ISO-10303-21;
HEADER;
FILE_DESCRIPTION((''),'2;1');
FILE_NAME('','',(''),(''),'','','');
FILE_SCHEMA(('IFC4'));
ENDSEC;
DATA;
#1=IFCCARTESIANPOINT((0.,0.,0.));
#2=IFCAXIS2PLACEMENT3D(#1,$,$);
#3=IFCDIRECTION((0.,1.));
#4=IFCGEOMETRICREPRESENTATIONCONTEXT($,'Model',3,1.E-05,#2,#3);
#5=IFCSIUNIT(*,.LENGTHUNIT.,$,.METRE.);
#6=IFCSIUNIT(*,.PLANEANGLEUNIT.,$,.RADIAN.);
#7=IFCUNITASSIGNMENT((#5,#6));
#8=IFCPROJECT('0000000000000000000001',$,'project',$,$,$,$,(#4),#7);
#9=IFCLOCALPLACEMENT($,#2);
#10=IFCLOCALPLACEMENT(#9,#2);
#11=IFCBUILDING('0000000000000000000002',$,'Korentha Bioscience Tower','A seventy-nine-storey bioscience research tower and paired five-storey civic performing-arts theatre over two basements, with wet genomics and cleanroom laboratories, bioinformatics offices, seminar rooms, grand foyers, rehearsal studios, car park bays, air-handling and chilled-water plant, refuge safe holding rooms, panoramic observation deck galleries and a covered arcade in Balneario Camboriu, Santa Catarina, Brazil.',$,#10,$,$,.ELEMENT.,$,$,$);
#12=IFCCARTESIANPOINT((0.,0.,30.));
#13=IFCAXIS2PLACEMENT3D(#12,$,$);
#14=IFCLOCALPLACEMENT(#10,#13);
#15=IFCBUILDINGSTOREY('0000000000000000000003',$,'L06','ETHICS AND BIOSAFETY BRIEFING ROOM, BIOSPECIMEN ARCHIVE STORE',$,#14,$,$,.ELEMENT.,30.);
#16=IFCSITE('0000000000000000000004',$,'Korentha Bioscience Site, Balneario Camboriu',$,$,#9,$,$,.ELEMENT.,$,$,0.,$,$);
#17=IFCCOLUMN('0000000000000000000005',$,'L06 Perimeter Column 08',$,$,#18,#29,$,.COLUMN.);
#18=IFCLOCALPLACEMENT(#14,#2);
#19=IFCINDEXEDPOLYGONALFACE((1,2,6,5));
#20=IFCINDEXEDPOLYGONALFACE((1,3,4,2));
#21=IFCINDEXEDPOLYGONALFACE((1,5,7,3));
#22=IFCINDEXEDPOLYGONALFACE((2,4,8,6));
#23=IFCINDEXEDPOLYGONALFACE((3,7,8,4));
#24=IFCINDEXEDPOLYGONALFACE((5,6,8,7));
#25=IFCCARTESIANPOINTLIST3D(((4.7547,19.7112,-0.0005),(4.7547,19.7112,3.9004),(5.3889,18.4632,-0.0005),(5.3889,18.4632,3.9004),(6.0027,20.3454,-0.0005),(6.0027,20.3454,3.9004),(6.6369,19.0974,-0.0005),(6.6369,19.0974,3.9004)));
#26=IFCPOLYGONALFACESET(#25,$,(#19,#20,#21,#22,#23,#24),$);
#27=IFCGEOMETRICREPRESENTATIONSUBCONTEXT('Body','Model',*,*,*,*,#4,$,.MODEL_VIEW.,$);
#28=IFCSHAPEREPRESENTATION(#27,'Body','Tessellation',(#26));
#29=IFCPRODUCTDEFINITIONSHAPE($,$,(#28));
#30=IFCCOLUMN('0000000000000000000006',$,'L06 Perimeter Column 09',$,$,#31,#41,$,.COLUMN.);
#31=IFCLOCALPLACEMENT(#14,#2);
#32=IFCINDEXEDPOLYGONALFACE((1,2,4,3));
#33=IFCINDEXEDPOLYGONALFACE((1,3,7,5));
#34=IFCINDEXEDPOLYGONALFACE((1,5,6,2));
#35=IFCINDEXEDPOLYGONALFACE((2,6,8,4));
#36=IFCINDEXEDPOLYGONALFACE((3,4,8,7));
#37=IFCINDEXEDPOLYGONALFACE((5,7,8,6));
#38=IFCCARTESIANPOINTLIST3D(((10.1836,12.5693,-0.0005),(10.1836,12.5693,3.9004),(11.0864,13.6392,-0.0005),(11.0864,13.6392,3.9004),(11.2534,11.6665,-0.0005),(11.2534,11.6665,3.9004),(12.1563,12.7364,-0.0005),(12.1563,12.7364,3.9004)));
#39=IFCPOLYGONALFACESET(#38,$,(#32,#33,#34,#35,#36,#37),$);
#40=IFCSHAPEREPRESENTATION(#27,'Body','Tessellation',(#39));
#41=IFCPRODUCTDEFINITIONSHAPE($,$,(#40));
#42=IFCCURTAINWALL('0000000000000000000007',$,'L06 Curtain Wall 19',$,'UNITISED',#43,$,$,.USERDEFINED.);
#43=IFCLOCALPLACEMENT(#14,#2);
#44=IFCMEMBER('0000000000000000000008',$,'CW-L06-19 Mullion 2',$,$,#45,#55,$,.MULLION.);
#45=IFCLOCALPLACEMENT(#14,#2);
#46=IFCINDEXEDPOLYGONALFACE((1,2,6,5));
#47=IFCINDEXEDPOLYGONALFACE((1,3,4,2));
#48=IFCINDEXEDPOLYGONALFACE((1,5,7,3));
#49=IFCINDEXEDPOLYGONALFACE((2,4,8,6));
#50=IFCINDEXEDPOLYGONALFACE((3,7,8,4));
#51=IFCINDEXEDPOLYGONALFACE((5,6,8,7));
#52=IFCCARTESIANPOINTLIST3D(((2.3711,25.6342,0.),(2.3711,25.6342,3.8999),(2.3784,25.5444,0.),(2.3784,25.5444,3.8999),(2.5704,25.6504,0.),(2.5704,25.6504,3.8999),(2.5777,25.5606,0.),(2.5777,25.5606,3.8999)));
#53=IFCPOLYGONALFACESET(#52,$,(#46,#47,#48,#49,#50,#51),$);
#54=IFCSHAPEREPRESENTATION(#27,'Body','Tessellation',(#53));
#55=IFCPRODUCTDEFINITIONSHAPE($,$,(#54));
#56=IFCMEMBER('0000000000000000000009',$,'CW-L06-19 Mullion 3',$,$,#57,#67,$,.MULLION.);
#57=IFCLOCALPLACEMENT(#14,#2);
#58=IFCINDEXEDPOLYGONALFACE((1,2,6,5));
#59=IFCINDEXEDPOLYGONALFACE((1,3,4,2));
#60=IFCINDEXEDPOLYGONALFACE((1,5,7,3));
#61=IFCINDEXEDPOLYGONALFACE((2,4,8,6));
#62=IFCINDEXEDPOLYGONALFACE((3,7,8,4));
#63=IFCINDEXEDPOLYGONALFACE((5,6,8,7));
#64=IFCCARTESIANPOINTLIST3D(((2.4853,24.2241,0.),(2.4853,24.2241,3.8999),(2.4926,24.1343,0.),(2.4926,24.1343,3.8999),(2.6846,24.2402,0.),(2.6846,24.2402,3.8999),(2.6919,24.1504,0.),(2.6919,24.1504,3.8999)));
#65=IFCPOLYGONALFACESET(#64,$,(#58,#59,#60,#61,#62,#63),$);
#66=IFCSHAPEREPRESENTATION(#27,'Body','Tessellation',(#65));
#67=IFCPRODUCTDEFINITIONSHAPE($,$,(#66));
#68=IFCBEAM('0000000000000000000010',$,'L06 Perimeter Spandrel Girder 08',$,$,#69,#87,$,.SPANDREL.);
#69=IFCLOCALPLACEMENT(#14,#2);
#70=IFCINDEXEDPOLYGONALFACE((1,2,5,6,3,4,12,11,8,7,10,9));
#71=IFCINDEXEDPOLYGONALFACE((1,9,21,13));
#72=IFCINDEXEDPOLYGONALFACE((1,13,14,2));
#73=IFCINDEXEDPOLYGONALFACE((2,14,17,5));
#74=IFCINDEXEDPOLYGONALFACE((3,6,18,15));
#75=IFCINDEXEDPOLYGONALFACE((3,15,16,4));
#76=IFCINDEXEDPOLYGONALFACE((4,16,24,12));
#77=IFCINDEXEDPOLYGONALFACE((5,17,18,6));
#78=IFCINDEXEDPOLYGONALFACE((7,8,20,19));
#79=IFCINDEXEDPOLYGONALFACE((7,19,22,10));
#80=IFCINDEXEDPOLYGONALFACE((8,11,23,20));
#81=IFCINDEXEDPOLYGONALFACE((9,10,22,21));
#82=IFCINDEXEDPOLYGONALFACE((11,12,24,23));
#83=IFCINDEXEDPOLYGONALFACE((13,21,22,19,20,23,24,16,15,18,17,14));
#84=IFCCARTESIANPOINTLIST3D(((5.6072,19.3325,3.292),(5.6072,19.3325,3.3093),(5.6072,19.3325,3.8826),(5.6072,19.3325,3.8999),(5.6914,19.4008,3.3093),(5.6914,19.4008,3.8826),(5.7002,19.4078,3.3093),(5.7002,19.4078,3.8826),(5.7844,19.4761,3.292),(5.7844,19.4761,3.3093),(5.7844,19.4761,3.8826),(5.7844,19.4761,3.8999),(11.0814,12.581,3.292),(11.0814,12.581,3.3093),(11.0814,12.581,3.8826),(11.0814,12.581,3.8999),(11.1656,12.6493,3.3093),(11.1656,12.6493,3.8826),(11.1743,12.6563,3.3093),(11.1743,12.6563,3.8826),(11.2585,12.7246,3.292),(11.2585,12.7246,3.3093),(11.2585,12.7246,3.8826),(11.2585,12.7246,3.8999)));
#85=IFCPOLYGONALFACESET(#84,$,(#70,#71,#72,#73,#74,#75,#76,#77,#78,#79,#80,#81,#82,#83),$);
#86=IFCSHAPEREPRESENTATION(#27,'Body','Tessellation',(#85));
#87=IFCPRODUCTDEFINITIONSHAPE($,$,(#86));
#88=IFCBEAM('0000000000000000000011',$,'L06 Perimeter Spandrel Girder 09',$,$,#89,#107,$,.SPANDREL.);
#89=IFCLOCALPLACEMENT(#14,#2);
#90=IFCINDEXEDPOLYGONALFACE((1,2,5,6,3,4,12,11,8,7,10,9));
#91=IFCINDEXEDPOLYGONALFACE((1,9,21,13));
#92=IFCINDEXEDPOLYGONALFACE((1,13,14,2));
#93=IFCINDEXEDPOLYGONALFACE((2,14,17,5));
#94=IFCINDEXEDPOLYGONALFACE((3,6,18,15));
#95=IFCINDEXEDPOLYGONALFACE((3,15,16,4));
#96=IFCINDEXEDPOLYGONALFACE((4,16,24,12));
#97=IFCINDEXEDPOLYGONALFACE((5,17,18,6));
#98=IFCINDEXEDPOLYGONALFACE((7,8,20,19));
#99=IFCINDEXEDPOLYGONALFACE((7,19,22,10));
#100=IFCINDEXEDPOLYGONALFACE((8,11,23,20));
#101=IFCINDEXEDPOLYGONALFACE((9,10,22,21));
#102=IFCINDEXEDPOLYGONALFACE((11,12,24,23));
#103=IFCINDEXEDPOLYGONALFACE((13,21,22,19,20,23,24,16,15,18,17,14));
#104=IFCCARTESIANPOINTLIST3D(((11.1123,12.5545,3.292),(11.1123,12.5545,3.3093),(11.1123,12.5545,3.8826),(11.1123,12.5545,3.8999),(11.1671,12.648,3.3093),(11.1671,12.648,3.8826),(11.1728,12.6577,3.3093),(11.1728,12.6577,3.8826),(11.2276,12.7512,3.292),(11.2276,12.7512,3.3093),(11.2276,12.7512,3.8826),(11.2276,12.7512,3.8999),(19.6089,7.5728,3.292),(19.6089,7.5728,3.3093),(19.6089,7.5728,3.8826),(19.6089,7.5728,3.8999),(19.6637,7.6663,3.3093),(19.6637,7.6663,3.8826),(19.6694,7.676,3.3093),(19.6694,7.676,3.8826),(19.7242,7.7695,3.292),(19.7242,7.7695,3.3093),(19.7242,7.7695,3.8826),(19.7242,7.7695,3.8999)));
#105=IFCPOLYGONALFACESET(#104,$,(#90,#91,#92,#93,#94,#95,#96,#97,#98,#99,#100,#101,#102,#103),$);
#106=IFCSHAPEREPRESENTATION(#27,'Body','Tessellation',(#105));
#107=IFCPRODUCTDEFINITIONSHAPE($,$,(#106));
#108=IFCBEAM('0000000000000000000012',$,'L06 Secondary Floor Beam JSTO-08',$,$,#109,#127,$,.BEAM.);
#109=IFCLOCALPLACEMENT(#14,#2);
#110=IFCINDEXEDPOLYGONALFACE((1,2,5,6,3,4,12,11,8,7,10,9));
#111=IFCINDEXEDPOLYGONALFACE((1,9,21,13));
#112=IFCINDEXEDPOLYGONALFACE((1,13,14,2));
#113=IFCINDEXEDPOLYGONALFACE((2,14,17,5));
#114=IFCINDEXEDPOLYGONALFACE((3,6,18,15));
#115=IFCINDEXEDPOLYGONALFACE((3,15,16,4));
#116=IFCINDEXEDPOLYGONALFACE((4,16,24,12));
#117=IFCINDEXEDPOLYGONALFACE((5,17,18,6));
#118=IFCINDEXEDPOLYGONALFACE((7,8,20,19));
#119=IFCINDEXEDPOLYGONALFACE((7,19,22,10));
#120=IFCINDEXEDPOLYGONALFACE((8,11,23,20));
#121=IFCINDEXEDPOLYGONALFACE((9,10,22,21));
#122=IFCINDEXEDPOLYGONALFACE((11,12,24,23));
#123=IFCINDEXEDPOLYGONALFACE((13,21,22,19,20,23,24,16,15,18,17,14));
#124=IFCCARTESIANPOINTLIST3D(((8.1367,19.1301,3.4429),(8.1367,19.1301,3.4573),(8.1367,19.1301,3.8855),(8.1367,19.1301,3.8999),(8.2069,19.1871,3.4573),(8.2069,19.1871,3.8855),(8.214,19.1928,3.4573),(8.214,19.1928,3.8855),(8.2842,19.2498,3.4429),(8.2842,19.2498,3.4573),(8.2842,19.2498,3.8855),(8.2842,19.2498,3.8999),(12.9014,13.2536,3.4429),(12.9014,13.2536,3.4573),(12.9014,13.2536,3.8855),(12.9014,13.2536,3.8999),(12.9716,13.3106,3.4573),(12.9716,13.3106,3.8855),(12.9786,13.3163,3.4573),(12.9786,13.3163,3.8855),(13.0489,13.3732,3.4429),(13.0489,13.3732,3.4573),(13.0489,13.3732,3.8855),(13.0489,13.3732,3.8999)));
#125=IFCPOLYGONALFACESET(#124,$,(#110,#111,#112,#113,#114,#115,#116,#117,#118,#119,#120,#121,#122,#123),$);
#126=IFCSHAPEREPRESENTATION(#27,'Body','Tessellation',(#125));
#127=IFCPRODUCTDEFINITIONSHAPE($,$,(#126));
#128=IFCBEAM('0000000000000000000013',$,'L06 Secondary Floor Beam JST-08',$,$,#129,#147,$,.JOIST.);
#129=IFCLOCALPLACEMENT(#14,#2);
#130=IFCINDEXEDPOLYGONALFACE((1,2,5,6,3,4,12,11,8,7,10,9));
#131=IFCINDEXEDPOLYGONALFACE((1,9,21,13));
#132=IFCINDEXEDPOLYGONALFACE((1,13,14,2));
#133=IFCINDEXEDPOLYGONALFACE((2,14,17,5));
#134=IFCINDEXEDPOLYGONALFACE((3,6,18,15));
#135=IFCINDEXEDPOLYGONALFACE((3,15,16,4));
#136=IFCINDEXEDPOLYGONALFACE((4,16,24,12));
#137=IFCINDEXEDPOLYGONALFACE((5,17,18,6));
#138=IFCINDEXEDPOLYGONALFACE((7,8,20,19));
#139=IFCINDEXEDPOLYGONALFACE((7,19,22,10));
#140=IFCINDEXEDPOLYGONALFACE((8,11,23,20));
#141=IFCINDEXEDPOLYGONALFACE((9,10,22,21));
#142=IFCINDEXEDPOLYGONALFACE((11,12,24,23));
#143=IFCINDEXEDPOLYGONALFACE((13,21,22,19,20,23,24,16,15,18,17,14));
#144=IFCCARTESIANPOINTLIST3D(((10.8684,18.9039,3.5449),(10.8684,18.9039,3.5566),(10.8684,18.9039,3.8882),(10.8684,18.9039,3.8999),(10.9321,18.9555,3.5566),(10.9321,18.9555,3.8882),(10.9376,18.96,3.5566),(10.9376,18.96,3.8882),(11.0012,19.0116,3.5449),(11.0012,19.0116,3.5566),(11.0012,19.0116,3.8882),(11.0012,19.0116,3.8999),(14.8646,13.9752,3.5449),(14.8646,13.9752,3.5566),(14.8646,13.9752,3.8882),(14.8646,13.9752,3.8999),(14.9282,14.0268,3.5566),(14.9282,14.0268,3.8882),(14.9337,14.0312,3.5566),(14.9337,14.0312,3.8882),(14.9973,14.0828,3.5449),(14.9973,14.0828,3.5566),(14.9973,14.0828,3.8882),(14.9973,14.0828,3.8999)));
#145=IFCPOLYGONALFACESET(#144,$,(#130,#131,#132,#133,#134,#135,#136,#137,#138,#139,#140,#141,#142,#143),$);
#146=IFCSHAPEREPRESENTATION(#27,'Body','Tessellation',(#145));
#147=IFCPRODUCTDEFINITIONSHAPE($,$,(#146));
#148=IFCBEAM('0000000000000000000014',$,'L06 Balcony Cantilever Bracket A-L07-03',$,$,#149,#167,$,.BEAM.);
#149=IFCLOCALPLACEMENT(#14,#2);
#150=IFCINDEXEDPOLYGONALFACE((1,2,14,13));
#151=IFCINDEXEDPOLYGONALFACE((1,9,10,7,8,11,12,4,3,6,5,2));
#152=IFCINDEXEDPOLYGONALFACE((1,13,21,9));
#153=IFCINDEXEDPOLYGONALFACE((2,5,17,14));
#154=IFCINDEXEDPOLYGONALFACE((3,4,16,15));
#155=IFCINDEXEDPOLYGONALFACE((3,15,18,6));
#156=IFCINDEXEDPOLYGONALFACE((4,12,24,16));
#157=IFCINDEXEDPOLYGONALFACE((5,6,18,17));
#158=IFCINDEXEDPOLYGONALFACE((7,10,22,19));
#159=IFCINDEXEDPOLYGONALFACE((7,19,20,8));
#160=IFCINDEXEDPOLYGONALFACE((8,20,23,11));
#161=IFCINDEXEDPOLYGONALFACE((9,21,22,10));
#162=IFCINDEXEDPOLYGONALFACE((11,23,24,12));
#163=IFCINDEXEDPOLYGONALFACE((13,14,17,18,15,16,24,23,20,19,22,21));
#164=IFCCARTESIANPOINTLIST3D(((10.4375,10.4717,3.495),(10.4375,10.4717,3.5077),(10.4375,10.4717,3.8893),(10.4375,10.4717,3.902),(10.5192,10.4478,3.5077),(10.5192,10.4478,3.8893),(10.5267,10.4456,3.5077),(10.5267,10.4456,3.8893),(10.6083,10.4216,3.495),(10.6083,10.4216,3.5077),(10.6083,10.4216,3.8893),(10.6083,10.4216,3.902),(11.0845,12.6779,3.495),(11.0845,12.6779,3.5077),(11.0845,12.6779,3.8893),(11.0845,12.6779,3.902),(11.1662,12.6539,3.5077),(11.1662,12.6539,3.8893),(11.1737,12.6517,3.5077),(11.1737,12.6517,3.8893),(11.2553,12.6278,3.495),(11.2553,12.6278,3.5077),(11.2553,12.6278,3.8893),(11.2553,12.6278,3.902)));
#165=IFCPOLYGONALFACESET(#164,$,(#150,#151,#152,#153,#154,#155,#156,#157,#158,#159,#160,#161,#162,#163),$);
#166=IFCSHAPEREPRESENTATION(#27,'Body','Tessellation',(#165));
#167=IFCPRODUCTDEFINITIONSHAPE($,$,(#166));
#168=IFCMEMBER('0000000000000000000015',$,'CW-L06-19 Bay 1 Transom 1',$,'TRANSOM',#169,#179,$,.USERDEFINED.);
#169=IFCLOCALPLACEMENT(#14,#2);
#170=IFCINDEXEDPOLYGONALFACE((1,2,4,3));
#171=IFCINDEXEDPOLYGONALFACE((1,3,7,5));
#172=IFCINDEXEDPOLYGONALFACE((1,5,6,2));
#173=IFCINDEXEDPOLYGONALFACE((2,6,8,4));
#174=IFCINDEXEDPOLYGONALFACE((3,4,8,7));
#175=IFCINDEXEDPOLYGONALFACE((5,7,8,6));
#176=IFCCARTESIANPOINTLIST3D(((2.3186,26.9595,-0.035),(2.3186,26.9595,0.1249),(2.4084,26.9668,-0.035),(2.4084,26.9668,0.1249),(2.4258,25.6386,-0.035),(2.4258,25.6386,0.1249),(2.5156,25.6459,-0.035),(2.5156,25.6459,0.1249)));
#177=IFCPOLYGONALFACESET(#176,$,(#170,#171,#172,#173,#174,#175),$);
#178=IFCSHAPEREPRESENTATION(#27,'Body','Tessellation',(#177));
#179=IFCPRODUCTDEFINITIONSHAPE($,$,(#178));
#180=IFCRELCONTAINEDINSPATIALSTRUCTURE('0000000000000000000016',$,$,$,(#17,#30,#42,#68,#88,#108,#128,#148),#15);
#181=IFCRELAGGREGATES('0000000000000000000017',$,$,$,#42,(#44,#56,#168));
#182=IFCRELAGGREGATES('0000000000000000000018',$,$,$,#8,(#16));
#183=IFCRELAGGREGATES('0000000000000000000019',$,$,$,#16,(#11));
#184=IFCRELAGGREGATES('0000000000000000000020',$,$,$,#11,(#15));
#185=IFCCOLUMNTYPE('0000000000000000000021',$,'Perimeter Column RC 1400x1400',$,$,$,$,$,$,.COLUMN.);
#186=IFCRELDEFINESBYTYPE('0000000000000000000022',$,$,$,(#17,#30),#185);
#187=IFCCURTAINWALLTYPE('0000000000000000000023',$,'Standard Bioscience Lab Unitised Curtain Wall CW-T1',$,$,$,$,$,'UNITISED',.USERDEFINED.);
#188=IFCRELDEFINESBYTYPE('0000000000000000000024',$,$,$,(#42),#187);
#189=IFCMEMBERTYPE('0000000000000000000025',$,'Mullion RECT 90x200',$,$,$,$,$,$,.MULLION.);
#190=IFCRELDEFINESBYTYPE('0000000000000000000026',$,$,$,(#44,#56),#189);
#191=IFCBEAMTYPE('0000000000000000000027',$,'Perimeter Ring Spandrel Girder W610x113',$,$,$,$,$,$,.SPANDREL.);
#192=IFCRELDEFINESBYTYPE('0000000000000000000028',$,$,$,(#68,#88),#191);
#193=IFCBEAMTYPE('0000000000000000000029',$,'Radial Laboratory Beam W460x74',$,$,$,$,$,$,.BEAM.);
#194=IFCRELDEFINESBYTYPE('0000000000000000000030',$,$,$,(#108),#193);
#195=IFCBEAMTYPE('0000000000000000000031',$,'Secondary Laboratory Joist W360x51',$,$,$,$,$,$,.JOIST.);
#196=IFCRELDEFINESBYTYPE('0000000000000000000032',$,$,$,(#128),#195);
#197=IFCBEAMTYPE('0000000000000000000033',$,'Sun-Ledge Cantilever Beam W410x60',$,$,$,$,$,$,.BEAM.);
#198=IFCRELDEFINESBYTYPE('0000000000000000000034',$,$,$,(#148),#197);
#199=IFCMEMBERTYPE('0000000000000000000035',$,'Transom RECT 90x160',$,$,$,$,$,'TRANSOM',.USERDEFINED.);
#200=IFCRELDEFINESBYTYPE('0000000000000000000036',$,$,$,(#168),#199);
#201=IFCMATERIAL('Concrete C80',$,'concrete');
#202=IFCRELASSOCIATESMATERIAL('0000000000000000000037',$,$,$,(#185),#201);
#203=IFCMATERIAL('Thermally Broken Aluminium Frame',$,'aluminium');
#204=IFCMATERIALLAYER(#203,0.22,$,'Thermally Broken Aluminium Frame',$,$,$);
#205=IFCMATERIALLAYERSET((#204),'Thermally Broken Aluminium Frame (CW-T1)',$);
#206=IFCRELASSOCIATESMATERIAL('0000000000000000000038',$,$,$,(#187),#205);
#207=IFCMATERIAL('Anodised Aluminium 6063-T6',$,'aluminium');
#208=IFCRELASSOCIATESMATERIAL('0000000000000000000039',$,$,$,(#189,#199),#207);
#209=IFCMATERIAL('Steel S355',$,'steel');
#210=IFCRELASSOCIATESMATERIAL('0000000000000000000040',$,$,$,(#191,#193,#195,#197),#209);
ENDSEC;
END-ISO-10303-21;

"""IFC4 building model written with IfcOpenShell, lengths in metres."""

from ifc_helpers import new_model, si_unit, direction, frame, origin, origin_2d, place, context, subcontext, project, spatial, rectangle, i_section, extrude, material, layer, layer_set, material_profile, profile_set, type_object, element, aggregate, save


model = new_model("IFC4")

# Units and contexts
model_context = context("Model", 3, precision=1e-05, world=origin(), true_north=direction((0.0, 1.0)))
body_context = subcontext(model_context, "Body", "Model", "MODEL_VIEW")
ifc_project = project(units=[si_unit("LENGTHUNIT", "METRE"), si_unit("PLANEANGLEUNIT", "RADIAN")], contexts=[model_context])

# Site, building, storey
site_placement = place(None, origin())
site = spatial("IfcSite", under=ifc_project, at=site_placement, Name="Korentha Bioscience Site, Balneario Camboriu", CompositionType="ELEMENT", RefElevation=0.0)
building_placement = place(site_placement, origin())
building = spatial("IfcBuilding", under=site, at=building_placement, Name="Korentha Bioscience Tower", Description="A seventy-nine-storey bioscience research tower and paired five-storey civic performing-arts theatre over two basements, with wet genomics and cleanroom laboratories, bioinformatics offices, seminar rooms, grand foyers, rehearsal studios, car park bays, air-handling and chilled-water plant, refuge safe holding rooms, panoramic observation deck galleries and a covered arcade in Balneario Camboriu, Santa Catarina, Brazil.", CompositionType="ELEMENT")
storey_placement = place(building_placement, frame((0.0, 0.0, 30.0)))
storey = spatial("IfcBuildingStorey", under=building, at=storey_placement, Name="L06", Description="ETHICS AND BIOSAFETY BRIEFING ROOM, BIOSPECIMEN ARCHIVE STORE", CompositionType="ELEMENT", Elevation=30.0)

# Columns
ifc_material_1 = material(Name="Concrete C80", Category="concrete")
ifc_material_profile_1 = material_profile(ifc_material_1, rectangle(XDim=1.3999, YDim=1.3999, at=origin_2d()), Name="Concrete C80")
ifc_profile_set_1 = profile_set([ifc_material_profile_1], Name="Concrete C80 (COL-P14)")
column_type = type_object("IfcColumnType", Name="Perimeter Column RC 1400x1400", PredefinedType="COLUMN", material=ifc_profile_set_1)
for number, where, z_axis, x_axis, name in (
    (1, (5.6958, 19.4043, -0.0005), (0.0, 0.0, 1.0), (-0.453057, 0.891481, 0.0), "L06 Perimeter Column 08"),
    (2, (11.1699, 12.6528, -0.0005), (0.0, 0.0, 1.0), (-0.764246, 0.644924, 0.0), "L06 Perimeter Column 09"),
):
    element("IfcColumn", number, at=place(storey_placement, frame(where, z_axis=z_axis, x_axis=x_axis)), inside=storey, type_object=column_type, Name=name, PredefinedType="COLUMN", context=body_context, shape_type="SweptSolid", body=[
        extrude(rectangle(XDim=1.3999, YDim=1.3999, at=origin_2d()), origin(), (0.0, 0.0, 1.0), 3.9009),
    ])

# Curtain wall, members
ifc_material_2 = material(Name="Thermally Broken Aluminium Frame", Category="aluminium")
ifc_layer_1 = layer(ifc_material_2, 0.22, Name="Thermally Broken Aluminium Frame")
ifc_layer_set_1 = layer_set([ifc_layer_1], Name="Thermally Broken Aluminium Frame (CW-T1)")
curtain_wall_type = type_object("IfcCurtainWallType", Name="Standard Bioscience Lab Unitised Curtain Wall CW-T1", ElementType="UNITISED", PredefinedType="USERDEFINED", material=ifc_layer_set_1)
curtain_wall_placement = place(storey_placement, origin())
curtain_wall = element("IfcCurtainWall", 3, at=curtain_wall_placement, inside=storey, type_object=curtain_wall_type, Name="L06 Curtain Wall 19", ObjectType="UNITISED", PredefinedType="USERDEFINED")
ifc_material_3 = material(Name="Anodised Aluminium 6063-T6", Category="aluminium")
ifc_material_profile_2 = material_profile(ifc_material_3, rectangle(XDim=0.0901, YDim=0.2, at=origin_2d()), Name="Anodised Aluminium 6063-T6")
ifc_profile_set_2 = profile_set([ifc_material_profile_2], Name="Anodised Aluminium 6063-T6 (CW-MUL)")
member_type_1 = type_object("IfcMemberType", Name="Mullion RECT 90x200", PredefinedType="MULLION", material=ifc_profile_set_2)
member_1_placement = place(storey_placement, frame((2.4744, 25.5974, 0.0), z_axis=(0.0, 0.0, 1.0), x_axis=(0.08082, -0.996729, 0.0)))
member_1 = element("IfcMember", 4, at=member_1_placement, type_object=member_type_1, Name="CW-L06-19 Mullion 2", PredefinedType="MULLION", context=body_context, shape_type="SweptSolid", body=[
    extrude(rectangle(XDim=0.0901, YDim=0.2, at=origin_2d()), origin(), (0.0, 0.0, 1.0), 3.8999),
])
member_2_placement = place(storey_placement, frame((2.5886, 24.1873, 0.0), z_axis=(0.0, 0.0, 1.0), x_axis=(0.08082, -0.996729, 0.0)))
member_2 = element("IfcMember", 5, at=member_2_placement, type_object=member_type_1, Name="CW-L06-19 Mullion 3", PredefinedType="MULLION", context=body_context, shape_type="SweptSolid", body=[
    extrude(rectangle(XDim=0.0901, YDim=0.2, at=origin_2d()), origin(), (0.0, 0.0, 1.0), 3.8999),
])

# Beams
ifc_material_4 = material(Name="Steel S355", Category="steel")
ifc_material_profile_3 = material_profile(ifc_material_4, i_section(OverallWidth=0.228, OverallDepth=0.6079, WebThickness=0.0112, FlangeThickness=0.0173, at=origin_2d()), Name="Steel S355")
ifc_profile_set_3 = profile_set([ifc_material_profile_3], Name="Steel S355 (SB-610)")
beam_type_1 = type_object("IfcBeamType", Name="Perimeter Ring Spandrel Girder W610x113", PredefinedType="SPANDREL", material=ifc_profile_set_3)
beam_1_placement = place(storey_placement, frame((5.6958, 19.4043, 3.5959), z_axis=(0.629799, -0.776758, 0.0), x_axis=(0.776758, 0.629799, 0.0)))
element("IfcBeam", 6, at=beam_1_placement, inside=storey, type_object=beam_type_1, Name="L06 Perimeter Spandrel Girder 08", PredefinedType="SPANDREL", context=body_context, shape_type="SweptSolid", body=[
    extrude(i_section(OverallWidth=0.228, OverallDepth=0.6079, WebThickness=0.0112, FlangeThickness=0.0173, at=origin_2d()), origin(), (0.0, 0.0, 1.0), 8.6919),
])
beam_2_placement = place(storey_placement, frame((11.1699, 12.6528, 3.5959), z_axis=(0.862657, -0.50579, 0.0), x_axis=(0.50579, 0.862657, 0.0)))
element("IfcBeam", 7, at=beam_2_placement, inside=storey, type_object=beam_type_1, Name="L06 Perimeter Spandrel Girder 09", PredefinedType="SPANDREL", context=body_context, shape_type="SweptSolid", body=[
    extrude(i_section(OverallWidth=0.228, OverallDepth=0.6079, WebThickness=0.0112, FlangeThickness=0.0173, at=origin_2d()), origin(), (0.0, 0.0, 1.0), 9.8494),
])
ifc_material_profile_4 = material_profile(ifc_material_4, i_section(OverallWidth=0.1899, OverallDepth=0.457, WebThickness=0.009, FlangeThickness=0.0144, at=origin_2d()), Name="Steel S355")
ifc_profile_set_4 = profile_set([ifc_material_profile_4], Name="Steel S355 (RB-460)")
beam_type_2 = type_object("IfcBeamType", Name="Radial Laboratory Beam W460x74", PredefinedType="BEAM", material=ifc_profile_set_4)
beam_3_placement = place(storey_placement, frame((8.2104, 19.1899, 3.6714), z_axis=(0.629798, -0.776759, 0.0), x_axis=(0.776759, 0.629798, 0.0)))
element("IfcBeam", 8, at=beam_3_placement, inside=storey, type_object=beam_type_2, Name="L06 Secondary Floor Beam JSTO-08", PredefinedType="BEAM", context=body_context, shape_type="SweptSolid", body=[
    extrude(i_section(OverallWidth=0.1899, OverallDepth=0.457, WebThickness=0.009, FlangeThickness=0.0144, at=origin_2d()), origin(), (0.0, 0.0, 1.0), 7.5654),
])
ifc_material_profile_5 = material_profile(ifc_material_4, i_section(OverallWidth=0.1709, OverallDepth=0.355, WebThickness=0.0071, FlangeThickness=0.0117, at=origin_2d()), Name="Steel S355")
ifc_profile_set_5 = profile_set([ifc_material_profile_5], Name="Steel S355 (JB-360)")
beam_type_3 = type_object("IfcBeamType", Name="Secondary Laboratory Joist W360x51", PredefinedType="JOIST", material=ifc_profile_set_5)
beam_4_placement = place(storey_placement, frame((10.9348, 18.9578, 3.7224), z_axis=(0.629787, -0.776768, 0.0), x_axis=(0.776768, 0.629787, 0.0)))
element("IfcBeam", 9, at=beam_4_placement, inside=storey, type_object=beam_type_3, Name="L06 Secondary Floor Beam JST-08", PredefinedType="JOIST", context=body_context, shape_type="SweptSolid", body=[
    extrude(i_section(OverallWidth=0.1709, OverallDepth=0.355, WebThickness=0.0071, FlangeThickness=0.0117, at=origin_2d()), origin(), (0.0, 0.0, 1.0), 6.3452),
])
ifc_material_profile_6 = material_profile(ifc_material_4, i_section(OverallWidth=0.178, OverallDepth=0.407, WebThickness=0.0078, FlangeThickness=0.0127, at=origin_2d()), Name="Steel S355")
ifc_profile_set_6 = profile_set([ifc_material_profile_6], Name="Steel S355 (CB-410)")
beam_type_4 = type_object("IfcBeamType", Name="Sun-Ledge Cantilever Beam W410x60", PredefinedType="BEAM", material=ifc_profile_set_6)
beam_5_placement = place(storey_placement, frame((11.1699, 12.6528, 3.6985), z_axis=(-0.281419, -0.959585, 0.0), x_axis=(0.959585, -0.281419, 0.0)))
element("IfcBeam", 10, at=beam_5_placement, inside=storey, type_object=beam_type_4, Name="L06 Balcony Cantilever Bracket A-L07-03", PredefinedType="BEAM", context=body_context, shape_type="SweptSolid", body=[
    extrude(i_section(OverallWidth=0.178, OverallDepth=0.407, WebThickness=0.0078, FlangeThickness=0.0127, at=origin_2d()), origin(), (0.0, 0.0, 1.0), 2.2991),
])

# Member
ifc_material_profile_7 = material_profile(ifc_material_3, rectangle(XDim=0.0901, YDim=0.1599, at=origin_2d()), Name="Anodised Aluminium 6063-T6")
ifc_profile_set_7 = profile_set([ifc_material_profile_7], Name="Anodised Aluminium 6063-T6 (CW-TRN)")
member_type_2 = type_object("IfcMemberType", Name="Transom RECT 90x160", ElementType="TRANSOM", PredefinedType="USERDEFINED", material=ifc_profile_set_7)
member_3_placement = place(storey_placement, frame((2.3635, 26.9631, 0.0449), z_axis=(0.08088, -0.996724, 0.0), x_axis=(0.996724, 0.08088, 0.0)))
member_3 = element("IfcMember", 11, at=member_3_placement, type_object=member_type_2, Name="CW-L06-19 Bay 1 Transom 1", ObjectType="TRANSOM", PredefinedType="USERDEFINED", context=body_context, shape_type="SweptSolid", body=[
    extrude(rectangle(XDim=0.0901, YDim=0.1599, at=origin_2d()), origin(), (0.0, 0.0, 1.0), 1.3252),
])

aggregate(curtain_wall, [member_1, member_2, member_3])

save(model, "model.ifc")
